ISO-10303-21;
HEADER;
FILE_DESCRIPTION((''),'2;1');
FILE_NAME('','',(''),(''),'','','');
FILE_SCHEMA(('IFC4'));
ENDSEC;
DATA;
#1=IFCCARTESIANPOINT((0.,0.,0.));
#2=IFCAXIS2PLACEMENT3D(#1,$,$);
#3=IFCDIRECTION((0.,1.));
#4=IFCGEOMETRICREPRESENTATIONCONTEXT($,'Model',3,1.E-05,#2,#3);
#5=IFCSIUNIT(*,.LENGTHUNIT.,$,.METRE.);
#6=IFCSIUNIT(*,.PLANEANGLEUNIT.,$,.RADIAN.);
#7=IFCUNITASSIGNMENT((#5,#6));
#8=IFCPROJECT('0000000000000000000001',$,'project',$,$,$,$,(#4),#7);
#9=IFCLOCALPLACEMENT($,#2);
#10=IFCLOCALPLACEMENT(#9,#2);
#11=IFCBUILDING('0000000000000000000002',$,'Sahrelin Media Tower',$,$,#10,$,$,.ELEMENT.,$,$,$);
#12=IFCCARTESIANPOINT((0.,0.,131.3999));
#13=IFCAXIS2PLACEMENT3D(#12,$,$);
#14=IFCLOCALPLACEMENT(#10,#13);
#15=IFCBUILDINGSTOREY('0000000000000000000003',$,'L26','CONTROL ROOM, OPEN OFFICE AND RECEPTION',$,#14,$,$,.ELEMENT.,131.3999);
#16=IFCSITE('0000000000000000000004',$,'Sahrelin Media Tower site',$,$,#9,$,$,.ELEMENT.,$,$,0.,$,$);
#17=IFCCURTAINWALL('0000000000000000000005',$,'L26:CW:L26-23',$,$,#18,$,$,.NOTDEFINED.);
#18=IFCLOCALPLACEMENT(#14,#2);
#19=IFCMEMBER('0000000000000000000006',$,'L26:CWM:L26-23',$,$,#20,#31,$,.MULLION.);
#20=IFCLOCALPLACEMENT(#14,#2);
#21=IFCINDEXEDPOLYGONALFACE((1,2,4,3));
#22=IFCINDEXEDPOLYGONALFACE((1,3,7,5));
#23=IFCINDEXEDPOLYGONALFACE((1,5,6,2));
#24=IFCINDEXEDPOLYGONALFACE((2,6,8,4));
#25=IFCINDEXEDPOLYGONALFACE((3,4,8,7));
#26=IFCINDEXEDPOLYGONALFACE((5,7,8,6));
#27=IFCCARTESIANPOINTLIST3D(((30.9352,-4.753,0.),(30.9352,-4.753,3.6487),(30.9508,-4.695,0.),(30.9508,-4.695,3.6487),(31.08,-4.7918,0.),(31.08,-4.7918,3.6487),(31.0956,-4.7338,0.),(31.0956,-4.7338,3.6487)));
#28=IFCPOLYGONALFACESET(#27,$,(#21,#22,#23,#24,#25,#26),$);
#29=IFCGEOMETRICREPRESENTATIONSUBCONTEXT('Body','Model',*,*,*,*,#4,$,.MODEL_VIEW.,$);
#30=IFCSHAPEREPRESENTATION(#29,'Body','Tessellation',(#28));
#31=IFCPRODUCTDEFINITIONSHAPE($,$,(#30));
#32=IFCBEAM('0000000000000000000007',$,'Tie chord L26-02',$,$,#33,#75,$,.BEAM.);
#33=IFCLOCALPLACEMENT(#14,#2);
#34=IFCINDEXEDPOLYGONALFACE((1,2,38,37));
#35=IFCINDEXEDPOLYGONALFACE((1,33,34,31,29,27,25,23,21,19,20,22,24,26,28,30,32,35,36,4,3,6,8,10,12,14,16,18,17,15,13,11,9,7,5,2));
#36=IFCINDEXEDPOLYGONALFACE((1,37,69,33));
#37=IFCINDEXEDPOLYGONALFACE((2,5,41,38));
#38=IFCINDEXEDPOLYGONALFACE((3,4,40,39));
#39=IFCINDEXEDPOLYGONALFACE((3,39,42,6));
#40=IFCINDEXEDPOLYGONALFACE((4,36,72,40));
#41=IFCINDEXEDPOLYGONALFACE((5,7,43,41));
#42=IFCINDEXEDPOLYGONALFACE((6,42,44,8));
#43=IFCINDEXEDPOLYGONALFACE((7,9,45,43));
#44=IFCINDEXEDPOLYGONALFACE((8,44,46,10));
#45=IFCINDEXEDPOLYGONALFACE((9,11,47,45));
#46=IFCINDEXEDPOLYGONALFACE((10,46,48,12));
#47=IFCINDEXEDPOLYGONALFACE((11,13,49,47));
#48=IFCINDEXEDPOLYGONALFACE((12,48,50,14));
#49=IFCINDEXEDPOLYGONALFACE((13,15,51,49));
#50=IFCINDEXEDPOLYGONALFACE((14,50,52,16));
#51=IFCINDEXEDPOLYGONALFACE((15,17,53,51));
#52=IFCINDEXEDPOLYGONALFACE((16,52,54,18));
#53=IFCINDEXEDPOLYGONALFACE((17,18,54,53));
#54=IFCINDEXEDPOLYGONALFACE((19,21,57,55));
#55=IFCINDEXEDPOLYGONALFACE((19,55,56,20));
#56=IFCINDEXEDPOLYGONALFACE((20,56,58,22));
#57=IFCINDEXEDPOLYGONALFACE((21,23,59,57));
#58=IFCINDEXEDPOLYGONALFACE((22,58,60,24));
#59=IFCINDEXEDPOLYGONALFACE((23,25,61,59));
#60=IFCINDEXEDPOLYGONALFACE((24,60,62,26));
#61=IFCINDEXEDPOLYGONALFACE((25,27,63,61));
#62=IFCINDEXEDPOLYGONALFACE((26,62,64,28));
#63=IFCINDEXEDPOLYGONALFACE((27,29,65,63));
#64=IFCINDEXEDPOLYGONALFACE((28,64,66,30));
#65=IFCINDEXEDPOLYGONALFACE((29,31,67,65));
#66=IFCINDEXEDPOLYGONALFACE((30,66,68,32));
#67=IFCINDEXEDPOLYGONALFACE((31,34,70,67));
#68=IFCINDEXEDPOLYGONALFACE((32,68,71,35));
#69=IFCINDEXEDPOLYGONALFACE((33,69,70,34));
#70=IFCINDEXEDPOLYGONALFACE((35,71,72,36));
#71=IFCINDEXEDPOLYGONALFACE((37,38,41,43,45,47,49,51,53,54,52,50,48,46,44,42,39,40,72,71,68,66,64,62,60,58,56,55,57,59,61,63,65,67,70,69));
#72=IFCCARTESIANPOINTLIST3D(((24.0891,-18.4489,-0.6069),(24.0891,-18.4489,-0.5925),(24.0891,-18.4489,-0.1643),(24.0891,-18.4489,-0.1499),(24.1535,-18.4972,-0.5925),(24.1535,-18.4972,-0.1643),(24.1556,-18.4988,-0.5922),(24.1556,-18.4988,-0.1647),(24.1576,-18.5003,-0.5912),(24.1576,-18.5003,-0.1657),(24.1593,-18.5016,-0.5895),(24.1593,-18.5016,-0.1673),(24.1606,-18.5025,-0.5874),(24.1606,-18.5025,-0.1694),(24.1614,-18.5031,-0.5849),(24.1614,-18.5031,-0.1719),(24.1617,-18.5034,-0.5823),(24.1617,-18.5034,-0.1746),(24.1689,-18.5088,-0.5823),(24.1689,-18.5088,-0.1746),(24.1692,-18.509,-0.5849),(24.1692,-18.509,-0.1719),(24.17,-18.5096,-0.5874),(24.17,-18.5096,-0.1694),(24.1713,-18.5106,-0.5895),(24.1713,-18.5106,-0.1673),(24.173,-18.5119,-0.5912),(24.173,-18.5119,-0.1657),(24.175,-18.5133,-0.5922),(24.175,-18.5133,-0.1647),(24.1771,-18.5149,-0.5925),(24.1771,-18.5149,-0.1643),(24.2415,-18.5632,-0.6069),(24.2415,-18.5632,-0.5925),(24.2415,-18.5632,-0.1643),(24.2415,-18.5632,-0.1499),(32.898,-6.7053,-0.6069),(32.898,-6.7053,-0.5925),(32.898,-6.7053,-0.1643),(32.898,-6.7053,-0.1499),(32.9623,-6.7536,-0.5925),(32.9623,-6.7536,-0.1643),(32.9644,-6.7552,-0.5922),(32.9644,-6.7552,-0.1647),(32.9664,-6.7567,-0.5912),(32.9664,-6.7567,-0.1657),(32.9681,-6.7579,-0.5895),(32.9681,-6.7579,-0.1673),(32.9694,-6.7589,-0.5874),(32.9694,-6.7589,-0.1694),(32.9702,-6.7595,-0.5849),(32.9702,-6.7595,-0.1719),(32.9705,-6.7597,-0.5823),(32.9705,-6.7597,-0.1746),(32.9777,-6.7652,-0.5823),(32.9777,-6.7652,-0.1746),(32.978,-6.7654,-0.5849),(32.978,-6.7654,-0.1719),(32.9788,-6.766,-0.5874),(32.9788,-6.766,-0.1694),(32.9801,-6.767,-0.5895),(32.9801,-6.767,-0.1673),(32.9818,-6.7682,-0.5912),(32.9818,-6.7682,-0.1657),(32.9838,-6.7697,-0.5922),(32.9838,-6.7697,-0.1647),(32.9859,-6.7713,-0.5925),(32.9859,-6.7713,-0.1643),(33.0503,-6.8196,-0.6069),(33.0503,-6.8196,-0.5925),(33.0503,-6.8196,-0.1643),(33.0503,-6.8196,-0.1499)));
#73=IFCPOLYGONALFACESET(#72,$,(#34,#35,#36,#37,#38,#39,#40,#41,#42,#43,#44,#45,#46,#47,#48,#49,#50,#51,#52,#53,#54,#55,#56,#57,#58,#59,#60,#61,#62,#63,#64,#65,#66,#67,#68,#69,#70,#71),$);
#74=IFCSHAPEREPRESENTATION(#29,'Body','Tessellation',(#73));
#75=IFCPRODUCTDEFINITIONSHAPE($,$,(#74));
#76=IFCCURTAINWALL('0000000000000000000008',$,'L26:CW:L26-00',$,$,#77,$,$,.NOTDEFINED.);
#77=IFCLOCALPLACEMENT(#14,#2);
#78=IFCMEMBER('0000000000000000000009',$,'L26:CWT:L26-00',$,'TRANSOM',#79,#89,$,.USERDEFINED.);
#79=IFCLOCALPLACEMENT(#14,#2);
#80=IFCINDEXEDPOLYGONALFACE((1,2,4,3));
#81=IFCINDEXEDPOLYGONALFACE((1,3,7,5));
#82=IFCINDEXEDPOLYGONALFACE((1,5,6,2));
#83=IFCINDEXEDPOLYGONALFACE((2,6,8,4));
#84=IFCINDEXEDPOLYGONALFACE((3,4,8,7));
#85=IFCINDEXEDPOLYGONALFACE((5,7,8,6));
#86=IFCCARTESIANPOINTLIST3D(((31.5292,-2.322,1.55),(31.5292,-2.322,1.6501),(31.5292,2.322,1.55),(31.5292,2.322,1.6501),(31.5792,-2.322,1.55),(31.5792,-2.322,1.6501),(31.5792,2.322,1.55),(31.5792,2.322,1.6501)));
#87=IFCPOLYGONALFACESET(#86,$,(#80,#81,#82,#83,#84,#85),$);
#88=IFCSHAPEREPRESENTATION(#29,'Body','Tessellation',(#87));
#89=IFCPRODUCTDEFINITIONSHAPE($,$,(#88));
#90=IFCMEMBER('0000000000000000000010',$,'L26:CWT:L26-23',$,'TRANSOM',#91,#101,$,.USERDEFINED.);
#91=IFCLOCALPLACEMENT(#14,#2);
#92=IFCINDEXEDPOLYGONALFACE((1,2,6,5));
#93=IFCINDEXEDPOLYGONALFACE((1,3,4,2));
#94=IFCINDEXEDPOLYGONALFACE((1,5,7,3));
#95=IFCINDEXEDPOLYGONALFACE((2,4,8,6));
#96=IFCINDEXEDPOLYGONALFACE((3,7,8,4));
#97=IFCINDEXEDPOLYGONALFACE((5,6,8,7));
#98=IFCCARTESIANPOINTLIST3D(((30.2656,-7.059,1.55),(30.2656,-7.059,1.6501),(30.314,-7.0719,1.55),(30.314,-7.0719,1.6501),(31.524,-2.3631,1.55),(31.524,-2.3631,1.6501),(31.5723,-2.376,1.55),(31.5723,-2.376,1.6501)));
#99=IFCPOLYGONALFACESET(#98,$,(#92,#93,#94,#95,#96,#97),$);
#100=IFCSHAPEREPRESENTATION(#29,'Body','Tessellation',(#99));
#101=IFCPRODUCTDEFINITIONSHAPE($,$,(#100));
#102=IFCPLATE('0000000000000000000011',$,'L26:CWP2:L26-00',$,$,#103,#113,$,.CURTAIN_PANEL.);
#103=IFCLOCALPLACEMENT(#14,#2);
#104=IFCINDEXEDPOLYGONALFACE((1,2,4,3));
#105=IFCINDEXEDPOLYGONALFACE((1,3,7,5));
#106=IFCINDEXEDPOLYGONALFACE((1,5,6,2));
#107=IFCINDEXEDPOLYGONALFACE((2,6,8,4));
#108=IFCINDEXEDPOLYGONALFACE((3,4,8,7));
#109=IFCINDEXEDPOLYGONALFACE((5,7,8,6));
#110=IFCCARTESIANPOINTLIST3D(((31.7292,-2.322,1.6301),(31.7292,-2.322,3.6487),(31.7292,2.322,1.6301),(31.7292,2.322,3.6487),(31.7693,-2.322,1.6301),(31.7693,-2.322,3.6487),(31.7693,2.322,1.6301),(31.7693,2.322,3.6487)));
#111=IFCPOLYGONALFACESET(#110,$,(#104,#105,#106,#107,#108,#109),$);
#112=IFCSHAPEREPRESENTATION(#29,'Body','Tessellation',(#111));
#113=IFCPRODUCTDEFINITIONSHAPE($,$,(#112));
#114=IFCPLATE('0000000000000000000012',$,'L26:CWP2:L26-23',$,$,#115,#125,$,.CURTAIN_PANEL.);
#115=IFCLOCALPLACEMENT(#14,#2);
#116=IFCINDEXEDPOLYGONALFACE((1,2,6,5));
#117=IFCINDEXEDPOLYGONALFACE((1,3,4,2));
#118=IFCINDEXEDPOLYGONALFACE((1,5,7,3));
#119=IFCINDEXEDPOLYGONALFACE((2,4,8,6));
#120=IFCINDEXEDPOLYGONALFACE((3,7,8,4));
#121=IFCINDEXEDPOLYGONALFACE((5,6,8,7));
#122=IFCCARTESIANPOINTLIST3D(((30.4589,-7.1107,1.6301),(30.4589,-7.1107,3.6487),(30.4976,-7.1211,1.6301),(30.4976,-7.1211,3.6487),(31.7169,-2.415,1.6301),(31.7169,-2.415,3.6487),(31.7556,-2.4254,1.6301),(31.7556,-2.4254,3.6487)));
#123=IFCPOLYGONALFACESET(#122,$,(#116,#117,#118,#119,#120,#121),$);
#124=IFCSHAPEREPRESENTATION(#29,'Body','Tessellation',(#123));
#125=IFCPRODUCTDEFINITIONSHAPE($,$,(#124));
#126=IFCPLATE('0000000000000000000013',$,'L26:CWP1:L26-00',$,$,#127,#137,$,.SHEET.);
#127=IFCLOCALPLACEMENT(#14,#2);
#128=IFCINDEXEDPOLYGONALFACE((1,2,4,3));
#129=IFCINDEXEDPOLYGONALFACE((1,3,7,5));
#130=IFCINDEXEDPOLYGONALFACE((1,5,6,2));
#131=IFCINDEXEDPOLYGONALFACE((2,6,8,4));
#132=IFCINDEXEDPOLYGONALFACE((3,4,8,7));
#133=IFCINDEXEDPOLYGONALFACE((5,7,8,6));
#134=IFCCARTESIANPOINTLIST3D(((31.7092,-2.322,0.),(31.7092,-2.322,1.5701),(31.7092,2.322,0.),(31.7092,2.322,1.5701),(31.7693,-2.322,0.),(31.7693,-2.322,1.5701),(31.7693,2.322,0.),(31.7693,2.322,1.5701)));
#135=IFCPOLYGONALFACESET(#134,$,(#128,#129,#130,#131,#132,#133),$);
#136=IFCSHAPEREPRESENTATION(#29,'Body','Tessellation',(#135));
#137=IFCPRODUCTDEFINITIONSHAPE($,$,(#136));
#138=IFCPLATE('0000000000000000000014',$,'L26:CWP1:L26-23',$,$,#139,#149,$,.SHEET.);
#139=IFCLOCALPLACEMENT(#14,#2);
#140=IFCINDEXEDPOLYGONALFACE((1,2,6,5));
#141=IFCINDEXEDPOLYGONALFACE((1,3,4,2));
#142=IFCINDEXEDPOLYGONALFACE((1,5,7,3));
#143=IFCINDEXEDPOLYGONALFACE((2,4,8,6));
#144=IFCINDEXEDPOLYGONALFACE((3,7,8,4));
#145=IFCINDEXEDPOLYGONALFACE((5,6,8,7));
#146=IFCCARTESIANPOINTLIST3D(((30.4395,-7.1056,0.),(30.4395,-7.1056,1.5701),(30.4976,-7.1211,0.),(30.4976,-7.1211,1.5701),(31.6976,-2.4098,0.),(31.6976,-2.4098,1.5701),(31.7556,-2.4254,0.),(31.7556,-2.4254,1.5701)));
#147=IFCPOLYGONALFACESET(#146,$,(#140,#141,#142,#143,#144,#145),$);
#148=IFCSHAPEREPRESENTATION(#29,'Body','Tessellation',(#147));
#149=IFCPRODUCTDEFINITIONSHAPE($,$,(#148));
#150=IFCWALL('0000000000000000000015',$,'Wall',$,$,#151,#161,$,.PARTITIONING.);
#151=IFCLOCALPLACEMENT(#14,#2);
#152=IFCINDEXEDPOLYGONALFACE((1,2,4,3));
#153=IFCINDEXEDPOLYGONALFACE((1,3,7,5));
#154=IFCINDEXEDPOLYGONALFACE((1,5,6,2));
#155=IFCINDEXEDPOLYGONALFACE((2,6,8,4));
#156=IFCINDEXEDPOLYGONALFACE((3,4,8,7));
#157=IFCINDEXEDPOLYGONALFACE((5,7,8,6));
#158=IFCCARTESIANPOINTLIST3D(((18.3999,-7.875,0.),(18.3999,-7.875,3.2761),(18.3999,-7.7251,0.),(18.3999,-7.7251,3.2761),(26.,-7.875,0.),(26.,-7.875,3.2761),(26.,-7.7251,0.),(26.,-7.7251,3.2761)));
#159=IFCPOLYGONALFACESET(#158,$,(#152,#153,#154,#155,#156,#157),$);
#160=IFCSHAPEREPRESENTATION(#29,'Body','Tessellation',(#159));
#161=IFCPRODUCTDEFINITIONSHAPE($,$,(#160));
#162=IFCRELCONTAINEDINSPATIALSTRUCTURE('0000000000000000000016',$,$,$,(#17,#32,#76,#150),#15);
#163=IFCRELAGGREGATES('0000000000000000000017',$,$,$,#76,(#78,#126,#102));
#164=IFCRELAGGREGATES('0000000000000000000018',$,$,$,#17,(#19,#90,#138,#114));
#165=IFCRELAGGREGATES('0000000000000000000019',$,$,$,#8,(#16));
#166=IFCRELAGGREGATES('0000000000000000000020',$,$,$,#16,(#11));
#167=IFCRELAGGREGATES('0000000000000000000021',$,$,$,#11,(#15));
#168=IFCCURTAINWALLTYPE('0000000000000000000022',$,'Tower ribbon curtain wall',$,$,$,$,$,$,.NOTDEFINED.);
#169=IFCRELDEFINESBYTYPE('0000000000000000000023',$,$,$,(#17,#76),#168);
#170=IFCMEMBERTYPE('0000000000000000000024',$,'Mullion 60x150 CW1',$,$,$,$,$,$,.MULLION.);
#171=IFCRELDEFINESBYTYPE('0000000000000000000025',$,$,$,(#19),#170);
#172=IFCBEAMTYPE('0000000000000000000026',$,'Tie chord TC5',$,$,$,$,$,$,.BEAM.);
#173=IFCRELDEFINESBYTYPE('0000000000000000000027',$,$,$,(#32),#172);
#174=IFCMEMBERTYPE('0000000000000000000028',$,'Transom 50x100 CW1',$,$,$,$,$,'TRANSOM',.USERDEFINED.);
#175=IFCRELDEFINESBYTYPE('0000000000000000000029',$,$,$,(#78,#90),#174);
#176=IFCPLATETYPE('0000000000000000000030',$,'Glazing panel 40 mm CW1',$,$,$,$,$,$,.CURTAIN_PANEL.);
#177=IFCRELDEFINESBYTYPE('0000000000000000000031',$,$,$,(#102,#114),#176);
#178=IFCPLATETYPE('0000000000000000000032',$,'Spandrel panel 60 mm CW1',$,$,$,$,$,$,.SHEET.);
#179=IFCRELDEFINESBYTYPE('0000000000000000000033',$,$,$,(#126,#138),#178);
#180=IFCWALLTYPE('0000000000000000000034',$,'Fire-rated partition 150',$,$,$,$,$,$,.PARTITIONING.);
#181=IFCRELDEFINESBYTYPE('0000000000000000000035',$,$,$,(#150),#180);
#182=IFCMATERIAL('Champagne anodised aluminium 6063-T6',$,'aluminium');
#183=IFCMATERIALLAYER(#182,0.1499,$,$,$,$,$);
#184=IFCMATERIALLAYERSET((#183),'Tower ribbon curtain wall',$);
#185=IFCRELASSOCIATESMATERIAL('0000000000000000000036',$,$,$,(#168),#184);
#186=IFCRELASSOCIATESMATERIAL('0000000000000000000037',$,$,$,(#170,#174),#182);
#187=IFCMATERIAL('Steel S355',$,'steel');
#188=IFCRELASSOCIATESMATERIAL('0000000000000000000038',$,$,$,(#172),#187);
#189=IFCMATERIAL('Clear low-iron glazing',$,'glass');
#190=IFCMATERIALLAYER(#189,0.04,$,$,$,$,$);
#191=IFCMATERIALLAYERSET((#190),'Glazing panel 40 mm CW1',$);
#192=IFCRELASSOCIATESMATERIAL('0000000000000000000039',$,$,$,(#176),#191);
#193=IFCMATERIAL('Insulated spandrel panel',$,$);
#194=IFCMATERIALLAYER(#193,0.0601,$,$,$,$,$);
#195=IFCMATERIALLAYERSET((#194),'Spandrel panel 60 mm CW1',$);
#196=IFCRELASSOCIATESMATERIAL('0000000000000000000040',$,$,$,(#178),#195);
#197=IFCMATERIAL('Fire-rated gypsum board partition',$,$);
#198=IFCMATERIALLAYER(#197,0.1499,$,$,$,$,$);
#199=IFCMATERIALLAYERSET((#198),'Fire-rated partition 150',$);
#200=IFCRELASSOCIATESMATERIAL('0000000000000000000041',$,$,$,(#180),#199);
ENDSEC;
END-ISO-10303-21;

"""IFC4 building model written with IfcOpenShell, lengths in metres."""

from ifc_helpers import new_model, si_unit, direction, frame, frame_2d, origin, origin_2d, place, context, subcontext, project, spatial, polyline, rectangle, i_section, outline, extrude, material, layer, layer_set, material_profile, profile_set, type_object, element, aggregate, save


model = new_model("IFC4")

# Units and contexts
model_context = context("Model", 3, precision=1e-05, world=origin(), true_north=direction((0.0, 1.0)))
body_context = subcontext(model_context, "Body", "Model", "MODEL_VIEW")
ifc_project = project(units=[si_unit("LENGTHUNIT", "METRE"), si_unit("PLANEANGLEUNIT", "RADIAN")], contexts=[model_context])

# Site, building, storey
site_placement = place(None, origin())
site = spatial("IfcSite", under=ifc_project, at=site_placement, Name="Sahrelin Media Tower site", CompositionType="ELEMENT", RefElevation=0.0)
building_placement = place(site_placement, origin())
building = spatial("IfcBuilding", under=site, at=building_placement, Name="Sahrelin Media Tower", CompositionType="ELEMENT")
storey_placement = place(building_placement, frame((0.0, 0.0, 131.3999)))
storey = spatial("IfcBuildingStorey", under=building, at=storey_placement, Name="L26", Description="CONTROL ROOM, OPEN OFFICE AND RECEPTION", CompositionType="ELEMENT", Elevation=131.3999)

# Shared definitions
ifc_material_1 = material(Name="Steel S355", Category="steel")

# Curtain wall, member
ifc_material_2 = material(Name="Champagne anodised aluminium 6063-T6", Category="aluminium")
ifc_layer_1 = layer(ifc_material_2, 0.1499)
ifc_layer_set_1 = layer_set([ifc_layer_1], Name="Tower ribbon curtain wall")
curtain_wall_type = type_object("IfcCurtainWallType", Name="Tower ribbon curtain wall", PredefinedType="NOTDEFINED", material=ifc_layer_set_1)
ifc_material_profile_1 = material_profile(ifc_material_2, rectangle(XDim=0.0601, YDim=0.1499, at=origin_2d()), Name="Mullion 60x150")
ifc_profile_set_1 = profile_set([ifc_material_profile_1], Name="Champagne anodised aluminium 6063-T6")
member_type_1 = type_object("IfcMemberType", Name="Mullion 60x150 CW1", PredefinedType="MULLION", material=ifc_profile_set_1)
curtain_wall_1_placement = place(storey_placement, frame((31.1074, -4.7681, 0.0), z_axis=(0.0, 0.0, 1.0), x_axis=(1.0, 0.0, 0.0)))
curtain_wall_1 = element("IfcCurtainWall", 1, at=curtain_wall_1_placement, inside=storey, type_object=curtain_wall_type, Name="L26:CW:L26-23", PredefinedType="NOTDEFINED")
member_1_placement = place(storey_placement, frame((31.0154, -4.7434, 0.0), z_axis=(0.0, 0.0, 1.0), x_axis=(0.258821, 0.965925, 0.0)))
member_1 = element("IfcMember", 2, at=member_1_placement, type_object=member_type_1, Name="L26:CWM:L26-23", PredefinedType="MULLION", context=body_context, shape_type="SweptSolid", body=[
    extrude(rectangle(XDim=0.0601, YDim=0.1499, at=origin_2d()), origin(), (0.0, 0.0, 1.0), 3.6487),
])

# Beam
ifc_material_profile_2 = material_profile(ifc_material_1, i_section(OverallWidth=0.1904, OverallDepth=0.457, WebThickness=0.009, FlangeThickness=0.0144, FilletRadius=0.0103, at=origin_2d()), Name="UB 457x191x74")
ifc_profile_set_2 = profile_set([ifc_material_profile_2], Name="Steel S355")
beam_type_1 = type_object("IfcBeamType", Name="Tie chord TC5", PredefinedType="BEAM", material=ifc_profile_set_2)
beam_1_placement = place(storey_placement, frame((32.9741, -6.7625, -0.3784), z_axis=(-0.600048, -0.799964, 0.0), x_axis=(0.799964, -0.600048, 0.0)))
element("IfcBeam", 3, at=beam_1_placement, inside=storey, type_object=beam_type_1, Name="Tie chord L26-02", PredefinedType="BEAM", context=body_context, shape_type="SweptSolid", body=[
    extrude(i_section(OverallWidth=0.1904, OverallDepth=0.457, WebThickness=0.009, FlangeThickness=0.0144, FilletRadius=0.0103, at=origin_2d()), origin(), (0.0, 0.0, 1.0), 14.6802),
])

# Curtain wall, member
curtain_wall_2_placement = place(storey_placement, frame((31.7493, 0.0, 0.0), z_axis=(0.0, 0.0, 1.0), x_axis=(1.0, 0.0, 0.0)))
curtain_wall_2 = element("IfcCurtainWall", 4, at=curtain_wall_2_placement, inside=storey, type_object=curtain_wall_type, Name="L26:CW:L26-00", PredefinedType="NOTDEFINED")
ifc_material_profile_3 = material_profile(ifc_material_2, rectangle(XDim=0.05, YDim=0.1001, at=origin_2d()), Name="Transom 50x100")
ifc_profile_set_3 = profile_set([ifc_material_profile_3], Name="Champagne anodised aluminium 6063-T6")
member_type_2 = type_object("IfcMemberType", Name="Transom 50x100 CW1", ElementType="TRANSOM", PredefinedType="USERDEFINED", material=ifc_profile_set_3)
member_2_placement = place(storey_placement, frame((31.5542, -2.322, 1.6001), z_axis=(0.0, 1.0, 0.0), x_axis=(-1.0, 0.0, 0.0)))
member_2 = element("IfcMember", 5, at=member_2_placement, type_object=member_type_2, Name="L26:CWT:L26-00", ObjectType="TRANSOM", PredefinedType="USERDEFINED", context=body_context, shape_type="SweptSolid", body=[
    extrude(rectangle(XDim=0.05, YDim=0.1001, at=origin_2d()), origin(), (0.0, 0.0, 1.0), 4.644),
])

# Member
member_3_placement = place(storey_placement, frame((30.2898, -7.0654, 1.6001), z_axis=(0.258831, 0.965922, 0.0), x_axis=(-0.965922, 0.258831, 0.0)))
member_3 = element("IfcMember", 6, at=member_3_placement, type_object=member_type_2, Name="L26:CWT:L26-23", ObjectType="TRANSOM", PredefinedType="USERDEFINED", context=body_context, shape_type="SweptSolid", body=[
    extrude(rectangle(XDim=0.05, YDim=0.1001, at=origin_2d()), origin(), (0.0, 0.0, 1.0), 4.8616),
])

# Plates
ifc_material_3 = material(Name="Clear low-iron glazing", Category="glass")
ifc_layer_2 = layer(ifc_material_3, 0.04)
ifc_layer_set_2 = layer_set([ifc_layer_2], Name="Glazing panel 40 mm CW1")
plate_type_1 = type_object("IfcPlateType", Name="Glazing panel 40 mm CW1", PredefinedType="CURTAIN_PANEL", material=ifc_layer_set_2)
plate_1_placement = place(storey_placement, frame((31.7693, -2.322, 1.6301), z_axis=(1.0, 0.0, 0.0), x_axis=(0.0, 1.0, 0.0)))
plate_1 = element("IfcPlate", 7, at=plate_1_placement, type_object=plate_type_1, Name="L26:CWP2:L26-00", PredefinedType="CURTAIN_PANEL", context=body_context, shape_type="SweptSolid", body=[
    extrude(outline(polyline([(0.0, 0.0), (4.644, 0.0), (4.644, 2.0186), (0.0, 2.0186), (0.0, 0.0)])), origin(), (0.0, 0.0, -1.0), 0.04),
])
plate_2_placement = place(storey_placement, frame((30.4976, -7.1211, 1.6301), z_axis=(0.965935, -0.258785, 0.0), x_axis=(0.258785, 0.965935, 0.0)))
plate_2 = element("IfcPlate", 8, at=plate_2_placement, type_object=plate_type_1, Name="L26:CWP2:L26-23", PredefinedType="CURTAIN_PANEL", context=body_context, shape_type="SweptSolid", body=[
    extrude(outline(polyline([(0.0, 0.0), (4.8613, 0.0), (4.8613, 2.0186), (0.0, 2.0186), (0.0, 0.0)])), origin(), (0.0, 0.0, -1.0), 0.04),
])
ifc_material_4 = material(Name="Insulated spandrel panel")
ifc_layer_3 = layer(ifc_material_4, 0.0601)
ifc_layer_set_3 = layer_set([ifc_layer_3], Name="Spandrel panel 60 mm CW1")
plate_type_2 = type_object("IfcPlateType", Name="Spandrel panel 60 mm CW1", PredefinedType="SHEET", material=ifc_layer_set_3)
plate_3_placement = place(storey_placement, frame((31.7693, -2.322, 0.0), z_axis=(1.0, 0.0, 0.0), x_axis=(0.0, 1.0, 0.0)))
plate_3 = element("IfcPlate", 9, at=plate_3_placement, type_object=plate_type_2, Name="L26:CWP1:L26-00", PredefinedType="SHEET", context=body_context, shape_type="SweptSolid", body=[
    extrude(outline(polyline([(0.0, 0.0), (4.644, 0.0), (4.644, 1.5701), (0.0, 1.5701), (0.0, 0.0)])), origin(), (0.0, 0.0, -1.0), 0.0601),
])
aggregate(curtain_wall_2, [member_2, plate_3, plate_1])
plate_4_placement = place(storey_placement, frame((30.4976, -7.1211, 0.0), z_axis=(0.965935, -0.258785, 0.0), x_axis=(0.258785, 0.965935, 0.0)))
plate_4 = element("IfcPlate", 10, at=plate_4_placement, type_object=plate_type_2, Name="L26:CWP1:L26-23", PredefinedType="SHEET", context=body_context, shape_type="SweptSolid", body=[
    extrude(outline(polyline([(0.0, 0.0), (4.8613, 0.0), (4.8613, 1.5701), (0.0, 1.5701), (0.0, 0.0)])), origin(), (0.0, 0.0, -1.0), 0.0601),
])
aggregate(curtain_wall_1, [member_1, member_3, plate_4, plate_2])

# Wall
ifc_material_5 = material(Name="Fire-rated gypsum board partition")
ifc_layer_4 = layer(ifc_material_5, 0.1499)
ifc_layer_set_4 = layer_set([ifc_layer_4], Name="Fire-rated partition 150")
wall_type_1 = type_object("IfcWallType", Name="Fire-rated partition 150", PredefinedType="PARTITIONING", material=ifc_layer_set_4)
wall_1_placement = place(storey_placement, frame((18.3999, -7.8, 0.0), z_axis=(0.0, 0.0, 1.0), x_axis=(1.0, 0.0, 0.0)))
element("IfcWall", 11, at=wall_1_placement, inside=storey, type_object=wall_type_1, Name="Wall", PredefinedType="PARTITIONING", context=body_context, shape_type="SweptSolid", body=[
    extrude(rectangle(XDim=7.6001, YDim=0.1499, at=frame_2d((3.8, 0.0))), origin(), (0.0, 0.0, 1.0), 3.2761),
])

save(model, "model.ifc")
